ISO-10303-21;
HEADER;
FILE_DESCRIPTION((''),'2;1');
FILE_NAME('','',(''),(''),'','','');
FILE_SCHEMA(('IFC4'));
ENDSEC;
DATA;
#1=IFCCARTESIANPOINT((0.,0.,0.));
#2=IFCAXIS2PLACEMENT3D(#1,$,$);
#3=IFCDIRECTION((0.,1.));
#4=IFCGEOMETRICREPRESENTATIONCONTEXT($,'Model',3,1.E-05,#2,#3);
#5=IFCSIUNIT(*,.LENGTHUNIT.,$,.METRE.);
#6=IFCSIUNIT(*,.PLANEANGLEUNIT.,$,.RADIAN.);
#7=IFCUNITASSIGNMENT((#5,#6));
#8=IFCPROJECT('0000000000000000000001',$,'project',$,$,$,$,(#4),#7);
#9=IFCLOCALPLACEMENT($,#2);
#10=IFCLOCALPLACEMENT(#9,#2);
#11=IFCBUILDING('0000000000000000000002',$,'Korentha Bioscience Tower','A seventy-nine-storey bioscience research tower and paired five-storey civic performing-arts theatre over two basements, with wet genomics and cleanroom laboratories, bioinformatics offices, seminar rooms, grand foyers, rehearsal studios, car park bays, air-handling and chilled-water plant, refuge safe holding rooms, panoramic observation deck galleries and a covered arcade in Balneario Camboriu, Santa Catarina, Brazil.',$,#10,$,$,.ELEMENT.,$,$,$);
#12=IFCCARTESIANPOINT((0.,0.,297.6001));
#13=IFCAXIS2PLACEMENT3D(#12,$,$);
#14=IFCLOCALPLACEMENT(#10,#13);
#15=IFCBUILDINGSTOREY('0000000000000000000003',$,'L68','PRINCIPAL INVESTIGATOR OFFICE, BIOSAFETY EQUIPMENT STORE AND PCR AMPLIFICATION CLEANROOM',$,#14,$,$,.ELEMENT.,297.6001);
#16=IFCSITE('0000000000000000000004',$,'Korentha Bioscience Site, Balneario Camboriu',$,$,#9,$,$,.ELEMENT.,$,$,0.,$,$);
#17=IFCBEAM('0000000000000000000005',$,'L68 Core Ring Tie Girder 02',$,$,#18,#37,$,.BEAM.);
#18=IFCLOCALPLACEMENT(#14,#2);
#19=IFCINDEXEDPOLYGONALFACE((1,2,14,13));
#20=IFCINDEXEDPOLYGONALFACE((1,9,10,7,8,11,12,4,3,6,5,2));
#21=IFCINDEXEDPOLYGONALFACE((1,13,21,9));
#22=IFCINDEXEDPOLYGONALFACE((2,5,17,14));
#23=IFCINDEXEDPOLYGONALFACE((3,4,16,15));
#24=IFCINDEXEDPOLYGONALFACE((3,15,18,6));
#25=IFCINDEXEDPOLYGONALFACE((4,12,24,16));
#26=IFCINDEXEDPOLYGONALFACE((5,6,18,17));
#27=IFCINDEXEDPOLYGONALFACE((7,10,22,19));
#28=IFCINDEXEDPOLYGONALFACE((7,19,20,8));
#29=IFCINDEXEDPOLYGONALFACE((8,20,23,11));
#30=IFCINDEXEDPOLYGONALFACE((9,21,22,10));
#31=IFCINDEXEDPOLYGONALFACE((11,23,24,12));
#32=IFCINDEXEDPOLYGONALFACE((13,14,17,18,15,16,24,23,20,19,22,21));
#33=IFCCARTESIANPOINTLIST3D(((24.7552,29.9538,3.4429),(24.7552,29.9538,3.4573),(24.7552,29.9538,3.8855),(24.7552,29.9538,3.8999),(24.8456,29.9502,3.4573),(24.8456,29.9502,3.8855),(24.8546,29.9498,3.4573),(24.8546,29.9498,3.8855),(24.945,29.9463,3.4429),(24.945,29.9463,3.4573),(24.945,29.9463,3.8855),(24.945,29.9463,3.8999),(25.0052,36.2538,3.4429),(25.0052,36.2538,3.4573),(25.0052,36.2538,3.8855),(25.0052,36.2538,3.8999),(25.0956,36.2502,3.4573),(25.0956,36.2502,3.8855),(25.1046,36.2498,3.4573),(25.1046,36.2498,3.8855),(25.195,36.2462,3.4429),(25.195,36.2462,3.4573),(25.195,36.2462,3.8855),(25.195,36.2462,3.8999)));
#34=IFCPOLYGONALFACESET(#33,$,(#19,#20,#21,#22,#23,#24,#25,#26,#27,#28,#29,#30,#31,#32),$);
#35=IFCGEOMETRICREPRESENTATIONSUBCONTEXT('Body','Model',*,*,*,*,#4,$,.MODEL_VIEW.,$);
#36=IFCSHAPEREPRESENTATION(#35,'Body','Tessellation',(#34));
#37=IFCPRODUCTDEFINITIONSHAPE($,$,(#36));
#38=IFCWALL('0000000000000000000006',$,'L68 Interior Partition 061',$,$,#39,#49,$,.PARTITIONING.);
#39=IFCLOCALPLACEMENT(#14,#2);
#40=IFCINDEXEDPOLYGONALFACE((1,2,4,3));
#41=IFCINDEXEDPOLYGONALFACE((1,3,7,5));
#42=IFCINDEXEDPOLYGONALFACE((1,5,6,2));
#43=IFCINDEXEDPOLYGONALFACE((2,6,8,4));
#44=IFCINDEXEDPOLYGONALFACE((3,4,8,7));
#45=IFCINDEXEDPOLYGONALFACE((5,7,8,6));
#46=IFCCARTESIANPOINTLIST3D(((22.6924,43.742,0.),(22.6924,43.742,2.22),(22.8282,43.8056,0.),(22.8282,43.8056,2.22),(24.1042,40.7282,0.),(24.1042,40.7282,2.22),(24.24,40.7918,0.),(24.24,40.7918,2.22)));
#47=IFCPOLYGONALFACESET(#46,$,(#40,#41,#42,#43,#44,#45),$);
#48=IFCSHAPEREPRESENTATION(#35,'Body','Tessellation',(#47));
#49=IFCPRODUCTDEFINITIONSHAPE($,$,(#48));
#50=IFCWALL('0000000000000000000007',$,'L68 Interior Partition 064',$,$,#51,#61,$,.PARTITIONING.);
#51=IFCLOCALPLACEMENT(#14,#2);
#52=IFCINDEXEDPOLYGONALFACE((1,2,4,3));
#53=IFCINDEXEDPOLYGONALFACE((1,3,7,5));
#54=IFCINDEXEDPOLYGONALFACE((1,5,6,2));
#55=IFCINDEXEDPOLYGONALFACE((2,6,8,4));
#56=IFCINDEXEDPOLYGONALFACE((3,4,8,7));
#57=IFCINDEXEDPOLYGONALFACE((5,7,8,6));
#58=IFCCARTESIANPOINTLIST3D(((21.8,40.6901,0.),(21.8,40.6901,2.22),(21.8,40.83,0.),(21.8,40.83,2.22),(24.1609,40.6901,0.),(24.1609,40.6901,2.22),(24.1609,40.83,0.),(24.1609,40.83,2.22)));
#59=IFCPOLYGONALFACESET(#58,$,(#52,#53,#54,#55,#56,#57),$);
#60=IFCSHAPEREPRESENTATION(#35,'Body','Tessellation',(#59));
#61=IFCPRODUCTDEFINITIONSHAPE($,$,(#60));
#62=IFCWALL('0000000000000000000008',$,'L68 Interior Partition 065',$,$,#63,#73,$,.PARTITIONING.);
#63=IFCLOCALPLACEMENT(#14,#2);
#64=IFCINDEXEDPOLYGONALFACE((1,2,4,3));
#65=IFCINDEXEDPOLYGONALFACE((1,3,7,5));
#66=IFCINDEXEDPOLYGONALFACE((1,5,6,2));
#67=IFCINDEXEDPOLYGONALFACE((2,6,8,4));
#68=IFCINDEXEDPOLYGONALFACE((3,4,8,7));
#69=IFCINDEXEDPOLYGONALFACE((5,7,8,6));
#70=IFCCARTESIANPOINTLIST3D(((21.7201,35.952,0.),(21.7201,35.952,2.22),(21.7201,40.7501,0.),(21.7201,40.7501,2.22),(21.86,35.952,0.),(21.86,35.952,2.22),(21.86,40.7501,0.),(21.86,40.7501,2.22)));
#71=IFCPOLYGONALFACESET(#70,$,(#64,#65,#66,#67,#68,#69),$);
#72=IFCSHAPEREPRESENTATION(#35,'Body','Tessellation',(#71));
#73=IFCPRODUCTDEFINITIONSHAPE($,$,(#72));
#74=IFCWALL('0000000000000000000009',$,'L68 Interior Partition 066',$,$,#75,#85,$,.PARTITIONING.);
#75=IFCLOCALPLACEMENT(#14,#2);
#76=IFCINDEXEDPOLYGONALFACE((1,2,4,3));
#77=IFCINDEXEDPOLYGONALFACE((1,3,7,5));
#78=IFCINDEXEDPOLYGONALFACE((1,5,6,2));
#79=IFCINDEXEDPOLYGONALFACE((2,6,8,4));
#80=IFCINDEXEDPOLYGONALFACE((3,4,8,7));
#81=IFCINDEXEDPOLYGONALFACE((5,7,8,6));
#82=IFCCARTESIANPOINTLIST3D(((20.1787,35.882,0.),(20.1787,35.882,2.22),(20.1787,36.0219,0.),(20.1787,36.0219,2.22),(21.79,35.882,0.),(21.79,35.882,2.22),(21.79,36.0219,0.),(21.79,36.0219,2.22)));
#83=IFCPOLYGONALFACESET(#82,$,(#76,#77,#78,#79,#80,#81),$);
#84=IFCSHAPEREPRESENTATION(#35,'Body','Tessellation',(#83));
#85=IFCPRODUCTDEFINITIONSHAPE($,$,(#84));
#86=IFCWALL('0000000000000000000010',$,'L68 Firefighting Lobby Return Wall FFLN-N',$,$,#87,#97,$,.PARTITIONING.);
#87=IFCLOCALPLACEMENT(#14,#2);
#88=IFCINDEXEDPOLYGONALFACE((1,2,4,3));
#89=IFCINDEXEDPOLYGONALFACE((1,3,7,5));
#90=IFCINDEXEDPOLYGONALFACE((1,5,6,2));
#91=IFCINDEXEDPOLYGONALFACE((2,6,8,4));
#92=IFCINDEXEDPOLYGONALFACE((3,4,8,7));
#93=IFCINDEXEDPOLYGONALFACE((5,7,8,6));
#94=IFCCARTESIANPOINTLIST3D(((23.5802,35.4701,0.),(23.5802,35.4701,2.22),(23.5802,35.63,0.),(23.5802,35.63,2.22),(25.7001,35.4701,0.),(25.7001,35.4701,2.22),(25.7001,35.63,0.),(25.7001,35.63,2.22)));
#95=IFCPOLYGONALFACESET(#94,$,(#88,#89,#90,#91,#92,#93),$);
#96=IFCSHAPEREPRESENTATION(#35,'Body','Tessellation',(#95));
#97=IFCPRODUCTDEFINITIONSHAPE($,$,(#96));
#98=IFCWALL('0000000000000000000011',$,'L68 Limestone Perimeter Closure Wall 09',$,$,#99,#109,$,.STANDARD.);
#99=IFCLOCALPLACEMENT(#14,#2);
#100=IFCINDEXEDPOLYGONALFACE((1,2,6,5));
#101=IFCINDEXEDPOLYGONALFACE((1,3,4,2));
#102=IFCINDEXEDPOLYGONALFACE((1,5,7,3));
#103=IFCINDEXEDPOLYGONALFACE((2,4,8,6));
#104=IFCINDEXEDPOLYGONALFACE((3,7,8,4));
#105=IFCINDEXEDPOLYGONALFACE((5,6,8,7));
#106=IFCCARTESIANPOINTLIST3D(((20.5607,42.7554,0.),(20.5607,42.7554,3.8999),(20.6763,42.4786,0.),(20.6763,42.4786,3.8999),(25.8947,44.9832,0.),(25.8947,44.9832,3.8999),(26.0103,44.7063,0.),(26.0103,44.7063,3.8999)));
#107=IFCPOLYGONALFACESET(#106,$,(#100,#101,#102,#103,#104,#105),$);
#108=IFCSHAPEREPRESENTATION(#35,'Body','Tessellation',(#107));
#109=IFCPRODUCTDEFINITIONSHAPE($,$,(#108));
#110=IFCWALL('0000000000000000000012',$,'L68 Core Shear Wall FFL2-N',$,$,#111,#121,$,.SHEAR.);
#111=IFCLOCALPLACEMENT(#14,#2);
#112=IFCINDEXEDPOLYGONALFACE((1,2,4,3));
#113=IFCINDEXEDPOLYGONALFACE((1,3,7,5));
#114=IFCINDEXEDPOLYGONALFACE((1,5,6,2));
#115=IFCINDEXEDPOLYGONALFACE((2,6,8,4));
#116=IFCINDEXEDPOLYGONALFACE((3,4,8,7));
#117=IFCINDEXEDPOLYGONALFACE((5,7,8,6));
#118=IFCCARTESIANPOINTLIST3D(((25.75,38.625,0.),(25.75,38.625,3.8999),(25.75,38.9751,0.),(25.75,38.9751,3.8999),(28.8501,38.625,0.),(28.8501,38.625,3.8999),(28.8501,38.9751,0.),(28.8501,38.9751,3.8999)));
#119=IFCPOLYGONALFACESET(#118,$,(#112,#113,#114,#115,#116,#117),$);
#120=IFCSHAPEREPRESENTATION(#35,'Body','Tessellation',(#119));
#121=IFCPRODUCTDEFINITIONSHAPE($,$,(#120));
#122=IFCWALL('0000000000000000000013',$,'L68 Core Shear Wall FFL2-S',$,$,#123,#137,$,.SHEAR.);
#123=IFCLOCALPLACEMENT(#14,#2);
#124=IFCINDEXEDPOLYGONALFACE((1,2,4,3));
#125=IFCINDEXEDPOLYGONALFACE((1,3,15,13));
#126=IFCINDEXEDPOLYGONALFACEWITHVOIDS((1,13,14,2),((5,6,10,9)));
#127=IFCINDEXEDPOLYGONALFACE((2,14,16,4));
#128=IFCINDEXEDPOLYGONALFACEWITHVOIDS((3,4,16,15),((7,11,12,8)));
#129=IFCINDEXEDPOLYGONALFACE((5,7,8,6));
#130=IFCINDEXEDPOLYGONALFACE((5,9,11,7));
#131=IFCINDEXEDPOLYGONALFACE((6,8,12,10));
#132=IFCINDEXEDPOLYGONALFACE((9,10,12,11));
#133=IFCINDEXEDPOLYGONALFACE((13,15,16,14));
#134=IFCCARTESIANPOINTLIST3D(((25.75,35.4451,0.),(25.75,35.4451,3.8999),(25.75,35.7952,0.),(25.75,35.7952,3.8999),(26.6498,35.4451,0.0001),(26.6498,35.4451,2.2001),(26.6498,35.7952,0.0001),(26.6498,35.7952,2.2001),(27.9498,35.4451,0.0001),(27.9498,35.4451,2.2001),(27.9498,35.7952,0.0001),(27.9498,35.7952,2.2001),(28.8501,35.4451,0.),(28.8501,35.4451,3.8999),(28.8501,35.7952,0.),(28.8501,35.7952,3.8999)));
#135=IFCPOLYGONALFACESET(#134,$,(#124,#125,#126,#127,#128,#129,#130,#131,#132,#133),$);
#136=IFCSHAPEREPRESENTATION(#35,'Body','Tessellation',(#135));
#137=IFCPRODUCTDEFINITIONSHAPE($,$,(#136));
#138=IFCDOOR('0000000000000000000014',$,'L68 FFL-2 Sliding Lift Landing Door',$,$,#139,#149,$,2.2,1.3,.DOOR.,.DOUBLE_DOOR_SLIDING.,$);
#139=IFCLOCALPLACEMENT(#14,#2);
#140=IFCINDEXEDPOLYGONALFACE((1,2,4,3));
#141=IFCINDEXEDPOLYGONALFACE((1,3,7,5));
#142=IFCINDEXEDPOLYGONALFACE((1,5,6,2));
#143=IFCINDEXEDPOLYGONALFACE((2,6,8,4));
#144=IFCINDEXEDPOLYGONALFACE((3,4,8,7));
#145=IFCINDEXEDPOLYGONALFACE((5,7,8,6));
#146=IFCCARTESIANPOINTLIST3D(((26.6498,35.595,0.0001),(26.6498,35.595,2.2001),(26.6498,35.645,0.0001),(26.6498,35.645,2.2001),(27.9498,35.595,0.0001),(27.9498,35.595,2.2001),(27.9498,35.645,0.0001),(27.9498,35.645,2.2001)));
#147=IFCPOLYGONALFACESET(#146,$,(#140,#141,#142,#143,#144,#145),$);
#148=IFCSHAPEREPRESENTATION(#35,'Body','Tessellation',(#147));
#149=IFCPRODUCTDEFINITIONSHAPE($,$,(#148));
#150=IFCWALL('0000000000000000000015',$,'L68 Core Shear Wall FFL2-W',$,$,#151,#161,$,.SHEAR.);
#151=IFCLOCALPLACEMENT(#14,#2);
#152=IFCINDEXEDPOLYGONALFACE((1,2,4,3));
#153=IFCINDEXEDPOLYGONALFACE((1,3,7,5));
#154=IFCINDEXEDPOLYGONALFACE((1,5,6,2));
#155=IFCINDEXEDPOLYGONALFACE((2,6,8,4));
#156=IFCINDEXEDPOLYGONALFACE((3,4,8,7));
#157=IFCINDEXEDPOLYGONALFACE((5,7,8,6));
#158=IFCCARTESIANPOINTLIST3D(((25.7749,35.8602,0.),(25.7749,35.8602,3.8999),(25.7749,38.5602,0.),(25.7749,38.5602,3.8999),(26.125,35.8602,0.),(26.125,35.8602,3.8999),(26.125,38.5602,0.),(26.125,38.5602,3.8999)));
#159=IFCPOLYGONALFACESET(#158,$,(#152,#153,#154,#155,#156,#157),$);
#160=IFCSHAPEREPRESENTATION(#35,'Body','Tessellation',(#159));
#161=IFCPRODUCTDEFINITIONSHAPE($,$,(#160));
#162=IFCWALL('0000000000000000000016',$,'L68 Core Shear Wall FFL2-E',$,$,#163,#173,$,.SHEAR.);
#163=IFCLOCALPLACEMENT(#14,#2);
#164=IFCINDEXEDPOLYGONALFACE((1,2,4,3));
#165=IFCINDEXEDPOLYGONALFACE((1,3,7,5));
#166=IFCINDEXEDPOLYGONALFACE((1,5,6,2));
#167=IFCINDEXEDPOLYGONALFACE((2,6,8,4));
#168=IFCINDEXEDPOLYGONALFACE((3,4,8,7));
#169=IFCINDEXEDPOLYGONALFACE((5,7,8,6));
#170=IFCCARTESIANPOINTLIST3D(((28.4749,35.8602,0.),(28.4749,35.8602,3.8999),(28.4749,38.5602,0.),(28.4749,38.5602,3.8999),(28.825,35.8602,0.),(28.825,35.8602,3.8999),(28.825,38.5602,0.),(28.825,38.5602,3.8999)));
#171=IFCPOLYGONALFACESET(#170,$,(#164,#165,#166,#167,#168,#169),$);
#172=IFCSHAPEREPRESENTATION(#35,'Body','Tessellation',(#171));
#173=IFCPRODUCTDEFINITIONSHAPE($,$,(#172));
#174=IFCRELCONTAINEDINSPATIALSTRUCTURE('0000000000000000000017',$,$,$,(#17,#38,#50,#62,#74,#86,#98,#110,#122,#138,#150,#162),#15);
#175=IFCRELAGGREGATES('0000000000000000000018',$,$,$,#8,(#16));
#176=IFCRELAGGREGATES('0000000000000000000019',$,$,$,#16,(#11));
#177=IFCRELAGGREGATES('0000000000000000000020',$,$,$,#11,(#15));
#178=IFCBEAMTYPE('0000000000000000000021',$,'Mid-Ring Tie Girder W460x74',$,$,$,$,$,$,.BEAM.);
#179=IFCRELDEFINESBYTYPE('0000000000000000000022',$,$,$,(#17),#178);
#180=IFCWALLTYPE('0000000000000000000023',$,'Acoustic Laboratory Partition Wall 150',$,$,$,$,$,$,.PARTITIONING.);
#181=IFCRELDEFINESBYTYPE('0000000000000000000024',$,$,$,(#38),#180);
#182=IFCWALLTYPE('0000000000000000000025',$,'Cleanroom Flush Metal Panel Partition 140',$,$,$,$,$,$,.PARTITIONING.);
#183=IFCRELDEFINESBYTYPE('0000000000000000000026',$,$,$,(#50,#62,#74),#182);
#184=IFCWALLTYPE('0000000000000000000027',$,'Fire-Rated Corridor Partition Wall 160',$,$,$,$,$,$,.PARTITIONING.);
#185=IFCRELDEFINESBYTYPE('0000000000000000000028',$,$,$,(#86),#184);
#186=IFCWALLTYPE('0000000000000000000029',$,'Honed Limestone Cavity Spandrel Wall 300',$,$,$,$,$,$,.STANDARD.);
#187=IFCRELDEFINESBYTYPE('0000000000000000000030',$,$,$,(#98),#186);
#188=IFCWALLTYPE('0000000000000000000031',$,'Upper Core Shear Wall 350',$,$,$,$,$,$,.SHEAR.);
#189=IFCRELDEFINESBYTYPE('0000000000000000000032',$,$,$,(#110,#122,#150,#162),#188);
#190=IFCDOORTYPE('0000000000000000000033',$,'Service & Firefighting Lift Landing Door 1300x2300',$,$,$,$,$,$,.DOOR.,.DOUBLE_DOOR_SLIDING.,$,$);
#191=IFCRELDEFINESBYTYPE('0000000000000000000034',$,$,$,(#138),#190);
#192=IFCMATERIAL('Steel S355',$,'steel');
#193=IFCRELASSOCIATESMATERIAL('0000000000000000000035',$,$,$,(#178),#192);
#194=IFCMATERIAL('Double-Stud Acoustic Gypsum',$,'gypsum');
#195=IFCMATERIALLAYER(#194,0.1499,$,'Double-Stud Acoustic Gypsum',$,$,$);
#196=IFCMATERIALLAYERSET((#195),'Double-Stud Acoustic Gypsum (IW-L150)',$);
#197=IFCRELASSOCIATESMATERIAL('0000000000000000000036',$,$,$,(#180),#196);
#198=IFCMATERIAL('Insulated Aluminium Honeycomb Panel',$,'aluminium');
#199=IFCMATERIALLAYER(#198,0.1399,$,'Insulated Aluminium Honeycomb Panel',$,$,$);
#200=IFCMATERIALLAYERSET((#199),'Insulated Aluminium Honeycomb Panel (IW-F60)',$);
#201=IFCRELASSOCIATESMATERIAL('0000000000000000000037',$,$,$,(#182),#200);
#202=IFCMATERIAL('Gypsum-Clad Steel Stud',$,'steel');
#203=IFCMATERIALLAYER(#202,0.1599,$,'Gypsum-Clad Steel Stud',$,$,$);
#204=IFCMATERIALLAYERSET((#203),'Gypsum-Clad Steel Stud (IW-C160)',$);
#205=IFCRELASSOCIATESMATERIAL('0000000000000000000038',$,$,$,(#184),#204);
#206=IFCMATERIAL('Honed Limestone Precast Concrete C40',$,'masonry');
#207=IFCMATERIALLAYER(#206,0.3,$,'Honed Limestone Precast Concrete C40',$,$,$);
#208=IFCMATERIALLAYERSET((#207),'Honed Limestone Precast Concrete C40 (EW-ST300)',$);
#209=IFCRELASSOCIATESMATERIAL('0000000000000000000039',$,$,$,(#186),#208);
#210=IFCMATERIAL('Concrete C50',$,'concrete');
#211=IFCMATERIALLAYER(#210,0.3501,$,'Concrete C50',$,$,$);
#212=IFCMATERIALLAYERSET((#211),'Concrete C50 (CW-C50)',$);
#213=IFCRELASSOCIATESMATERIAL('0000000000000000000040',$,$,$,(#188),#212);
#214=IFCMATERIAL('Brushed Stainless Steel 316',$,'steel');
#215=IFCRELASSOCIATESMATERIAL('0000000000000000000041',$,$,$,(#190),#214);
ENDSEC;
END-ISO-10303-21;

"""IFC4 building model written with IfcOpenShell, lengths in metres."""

from ifc_helpers import new_model, si_unit, direction, frame, frame_2d, origin, origin_2d, place, context, subcontext, project, spatial, rectangle, i_section, extrude, material, layer, layer_set, material_profile, profile_set, type_object, element, fill, save


model = new_model("IFC4")

# Units and contexts
model_context = context("Model", 3, precision=1e-05, world=origin(), true_north=direction((0.0, 1.0)))
body_context = subcontext(model_context, "Body", "Model", "MODEL_VIEW")
ifc_project = project(units=[si_unit("LENGTHUNIT", "METRE"), si_unit("PLANEANGLEUNIT", "RADIAN")], contexts=[model_context])

# Site, building, storey
site_placement = place(None, origin())
site = spatial("IfcSite", under=ifc_project, at=site_placement, Name="Korentha Bioscience Site, Balneario Camboriu", CompositionType="ELEMENT", RefElevation=0.0)
building_placement = place(site_placement, origin())
building = spatial("IfcBuilding", under=site, at=building_placement, Name="Korentha Bioscience Tower", Description="A seventy-nine-storey bioscience research tower and paired five-storey civic performing-arts theatre over two basements, with wet genomics and cleanroom laboratories, bioinformatics offices, seminar rooms, grand foyers, rehearsal studios, car park bays, air-handling and chilled-water plant, refuge safe holding rooms, panoramic observation deck galleries and a covered arcade in Balneario Camboriu, Santa Catarina, Brazil.", CompositionType="ELEMENT")
storey_placement = place(building_placement, frame((0.0, 0.0, 297.6001)))
storey = spatial("IfcBuildingStorey", under=building, at=storey_placement, Name="L68", Description="PRINCIPAL INVESTIGATOR OFFICE, BIOSAFETY EQUIPMENT STORE AND PCR AMPLIFICATION CLEANROOM", CompositionType="ELEMENT", Elevation=297.6001)

# Shared definitions
ifc_material_1 = material(Name="Concrete C50", Category="concrete")

# Beam
ifc_material_2 = material(Name="Steel S355", Category="steel")
ifc_material_profile_1 = material_profile(ifc_material_2, i_section(OverallWidth=0.1899, OverallDepth=0.457, WebThickness=0.009, FlangeThickness=0.0144, at=origin_2d()), Name="Steel S355")
ifc_profile_set_1 = profile_set([ifc_material_profile_1], Name="Steel S355 (MB-460)")
beam_type_1 = type_object("IfcBeamType", Name="Mid-Ring Tie Girder W460x74", PredefinedType="BEAM", material=ifc_profile_set_1)
beam_1_placement = place(storey_placement, frame((25.1001, 36.25, 3.6714), z_axis=(-0.039651, -0.999214, 0.0), x_axis=(0.999214, -0.039651, 0.0)))
element("IfcBeam", 1, at=beam_1_placement, inside=storey, type_object=beam_type_1, Name="L68 Core Ring Tie Girder 02", PredefinedType="BEAM", context=body_context, shape_type="SweptSolid", body=[
    extrude(i_section(OverallWidth=0.1899, OverallDepth=0.457, WebThickness=0.009, FlangeThickness=0.0144, at=origin_2d()), origin(), (0.0, 0.0, 1.0), 6.3049),
])

# Wall
ifc_material_3 = material(Name="Double-Stud Acoustic Gypsum", Category="gypsum")
ifc_layer_1 = layer(ifc_material_3, 0.1499, Name="Double-Stud Acoustic Gypsum")
ifc_layer_set_1 = layer_set([ifc_layer_1], Name="Double-Stud Acoustic Gypsum (IW-L150)")
wall_type_1 = type_object("IfcWallType", Name="Acoustic Laboratory Partition Wall 150", PredefinedType="PARTITIONING", material=ifc_layer_set_1)
wall_1_placement = place(storey_placement, frame((24.1721, 40.76, 0.0), z_axis=(0.0, 0.0, 1.0), x_axis=(-0.42421, 0.905564, 0.0)))
element("IfcWall", 2, at=wall_1_placement, inside=storey, type_object=wall_type_1, Name="L68 Interior Partition 061", PredefinedType="PARTITIONING", context=body_context, shape_type="SweptSolid", body=[
    extrude(rectangle(XDim=3.3281, YDim=0.1499, at=frame_2d((1.6641, 0.0))), origin(), (0.0, 0.0, 1.0), 2.22),
])

# Shared definitions
ifc_material_4 = material(Name="Insulated Aluminium Honeycomb Panel", Category="aluminium")
ifc_layer_2 = layer(ifc_material_4, 0.1399, Name="Insulated Aluminium Honeycomb Panel")
ifc_layer_set_2 = layer_set([ifc_layer_2], Name="Insulated Aluminium Honeycomb Panel (IW-F60)")
wall_type_2 = type_object("IfcWallType", Name="Cleanroom Flush Metal Panel Partition 140", PredefinedType="PARTITIONING", material=ifc_layer_set_2)

# Walls
wall_2_placement = place(storey_placement, frame((24.1609, 40.76, 0.0), z_axis=(0.0, 0.0, 1.0), x_axis=(-1.0, 0.0, 0.0)))
element("IfcWall", 3, at=wall_2_placement, inside=storey, type_object=wall_type_2, Name="L68 Interior Partition 064", PredefinedType="PARTITIONING", context=body_context, shape_type="SweptSolid", body=[
    extrude(rectangle(XDim=2.3608, YDim=0.1399, at=frame_2d((1.1804, 0.0))), origin(), (0.0, 0.0, 1.0), 2.22),
])
wall_3_placement = place(storey_placement, frame((21.79, 40.75, 0.0), z_axis=(0.0, 0.0, 1.0), x_axis=(0.0, -1.0, 0.0)))
element("IfcWall", 4, at=wall_3_placement, inside=storey, type_object=wall_type_2, Name="L68 Interior Partition 065", PredefinedType="PARTITIONING", context=body_context, shape_type="SweptSolid", body=[
    extrude(rectangle(XDim=4.7981, YDim=0.1399, at=frame_2d((2.3989, 0.0))), origin(), (0.0, 0.0, 1.0), 2.22),
])
wall_4_placement = place(storey_placement, frame((21.79, 35.9519, 0.0), z_axis=(0.0, 0.0, 1.0), x_axis=(-1.0, 0.0, 0.0)))
element("IfcWall", 5, at=wall_4_placement, inside=storey, type_object=wall_type_2, Name="L68 Interior Partition 066", PredefinedType="PARTITIONING", context=body_context, shape_type="SweptSolid", body=[
    extrude(rectangle(XDim=1.6113, YDim=0.1399, at=frame_2d((0.8057, 0.0))), origin(), (0.0, 0.0, 1.0), 2.22),
])
ifc_material_5 = material(Name="Gypsum-Clad Steel Stud", Category="steel")
ifc_layer_3 = layer(ifc_material_5, 0.1599, Name="Gypsum-Clad Steel Stud")
ifc_layer_set_3 = layer_set([ifc_layer_3], Name="Gypsum-Clad Steel Stud (IW-C160)")
wall_type_3 = type_object("IfcWallType", Name="Fire-Rated Corridor Partition Wall 160", PredefinedType="PARTITIONING", material=ifc_layer_set_3)
wall_5_placement = place(storey_placement, frame((23.5801, 35.55, 0.0), z_axis=(0.0, 0.0, 1.0), x_axis=(1.0, 0.0, 0.0)))
element("IfcWall", 6, at=wall_5_placement, inside=storey, type_object=wall_type_3, Name="L68 Firefighting Lobby Return Wall FFLN-N", PredefinedType="PARTITIONING", context=body_context, shape_type="SweptSolid", body=[
    extrude(rectangle(XDim=2.1199, YDim=0.1599, at=frame_2d((1.0601, 0.0))), origin(), (0.0, 0.0, 1.0), 2.22),
])
ifc_material_6 = material(Name="Honed Limestone Precast Concrete C40", Category="masonry")
ifc_layer_4 = layer(ifc_material_6, 0.3, Name="Honed Limestone Precast Concrete C40")
ifc_layer_set_4 = layer_set([ifc_layer_4], Name="Honed Limestone Precast Concrete C40 (EW-ST300)")
wall_type_4 = type_object("IfcWallType", Name="Honed Limestone Cavity Spandrel Wall 300", PredefinedType="STANDARD", material=ifc_layer_set_4)
wall_6_placement = place(storey_placement, frame((25.9524, 44.8447, 0.0), z_axis=(0.0, 0.0, 1.0), x_axis=(-0.922752, -0.385395, 0.0)))
element("IfcWall", 7, at=wall_6_placement, inside=storey, type_object=wall_type_4, Name="L68 Limestone Perimeter Closure Wall 09", PredefinedType="STANDARD", context=body_context, shape_type="SweptSolid", body=[
    extrude(rectangle(XDim=5.7805, YDim=0.3, at=frame_2d((2.8901, 0.0))), origin(), (0.0, 0.0, 1.0), 3.8999),
])
ifc_layer_5 = layer(ifc_material_1, 0.3501, Name="Concrete C50")
ifc_layer_set_5 = layer_set([ifc_layer_5], Name="Concrete C50 (CW-C50)")
wall_type_5 = type_object("IfcWallType", Name="Upper Core Shear Wall 350", PredefinedType="SHEAR", material=ifc_layer_set_5)
wall_7_placement = place(storey_placement, frame((25.75, 38.8, 0.0), z_axis=(0.0, 0.0, 1.0), x_axis=(1.0, 0.0, 0.0)))
element("IfcWall", 8, at=wall_7_placement, inside=storey, type_object=wall_type_5, Name="L68 Core Shear Wall FFL2-N", PredefinedType="SHEAR", context=body_context, shape_type="SweptSolid", body=[
    extrude(rectangle(XDim=3.1001, YDim=0.3501, at=frame_2d((1.55, 0.0))), origin(), (0.0, 0.0, 1.0), 3.8999),
])

# Wall, opening, door
wall_8_placement = place(storey_placement, frame((25.75, 35.6201, 0.0), z_axis=(0.0, 0.0, 1.0), x_axis=(1.0, 0.0, 0.0)))
wall_8 = element("IfcWall", 9, at=wall_8_placement, inside=storey, type_object=wall_type_5, Name="L68 Core Shear Wall FFL2-S", PredefinedType="SHEAR", context=body_context, shape_type="SweptSolid", body=[
    extrude(rectangle(XDim=3.1001, YDim=0.3501, at=frame_2d((1.55, 0.0))), origin(), (0.0, 0.0, 1.0), 3.8999),
])
opening_1_placement = place(wall_8_placement, frame((0.8999, 0.0, 0.0)))
opening_1 = element("IfcOpeningElement", 10, at=opening_1_placement, cuts=wall_8, PredefinedType="OPENING", context=body_context, shape_type="SweptSolid", body=[
    extrude(rectangle(XDim=1.3, YDim=2.2, at=frame_2d((0.6499, 1.1001))), frame((0.0, 0.1899, 0.0), z_axis=(0.0, -1.0, 0.0), x_axis=(1.0, 0.0, 0.0)), (0.0, 0.0, 1.0), 0.3799),
])
ifc_material_7 = material(Name="Brushed Stainless Steel 316", Category="steel")
door_type_1 = type_object("IfcDoorType", Name="Service & Firefighting Lift Landing Door 1300x2300", OperationType="DOUBLE_DOOR_SLIDING", PredefinedType="DOOR", material=ifc_material_7)
door_1_placement = place(opening_1_placement, origin())
door_1 = element("IfcDoor", 11, at=door_1_placement, inside=storey, type_object=door_type_1, Name="L68 FFL-2 Sliding Lift Landing Door", OperationType="DOUBLE_DOOR_SLIDING", OverallHeight=2.2, OverallWidth=1.3, PredefinedType="DOOR", context=body_context, shape_type="SweptSolid", body=[
    extrude(rectangle(XDim=1.3, YDim=2.2, at=frame_2d((0.6499, 1.1001))), frame((0.0, 0.0249, 0.0), z_axis=(0.0, -1.0, 0.0), x_axis=(1.0, 0.0, 0.0)), (0.0, 0.0, 1.0), 0.05),
])
fill(opening_1, door_1)

# Walls
for number, where, z_axis, x_axis, name in (
    (12, (25.95, 35.8601, 0.0), (0.0, 0.0, 1.0), (0.0, 1.0, 0.0), "L68 Core Shear Wall FFL2-W"),
    (13, (28.6499, 35.8601, 0.0), (0.0, 0.0, 1.0), (0.0, 1.0, 0.0), "L68 Core Shear Wall FFL2-E"),
):
    element("IfcWall", number, at=place(storey_placement, frame(where, z_axis=z_axis, x_axis=x_axis)), inside=storey, type_object=wall_type_5, Name=name, PredefinedType="SHEAR", context=body_context, shape_type="SweptSolid", body=[
        extrude(rectangle(XDim=2.7, YDim=0.3501, at=frame_2d((1.3501, 0.0))), origin(), (0.0, 0.0, 1.0), 3.8999),
    ])

save(model, "model.ifc")
